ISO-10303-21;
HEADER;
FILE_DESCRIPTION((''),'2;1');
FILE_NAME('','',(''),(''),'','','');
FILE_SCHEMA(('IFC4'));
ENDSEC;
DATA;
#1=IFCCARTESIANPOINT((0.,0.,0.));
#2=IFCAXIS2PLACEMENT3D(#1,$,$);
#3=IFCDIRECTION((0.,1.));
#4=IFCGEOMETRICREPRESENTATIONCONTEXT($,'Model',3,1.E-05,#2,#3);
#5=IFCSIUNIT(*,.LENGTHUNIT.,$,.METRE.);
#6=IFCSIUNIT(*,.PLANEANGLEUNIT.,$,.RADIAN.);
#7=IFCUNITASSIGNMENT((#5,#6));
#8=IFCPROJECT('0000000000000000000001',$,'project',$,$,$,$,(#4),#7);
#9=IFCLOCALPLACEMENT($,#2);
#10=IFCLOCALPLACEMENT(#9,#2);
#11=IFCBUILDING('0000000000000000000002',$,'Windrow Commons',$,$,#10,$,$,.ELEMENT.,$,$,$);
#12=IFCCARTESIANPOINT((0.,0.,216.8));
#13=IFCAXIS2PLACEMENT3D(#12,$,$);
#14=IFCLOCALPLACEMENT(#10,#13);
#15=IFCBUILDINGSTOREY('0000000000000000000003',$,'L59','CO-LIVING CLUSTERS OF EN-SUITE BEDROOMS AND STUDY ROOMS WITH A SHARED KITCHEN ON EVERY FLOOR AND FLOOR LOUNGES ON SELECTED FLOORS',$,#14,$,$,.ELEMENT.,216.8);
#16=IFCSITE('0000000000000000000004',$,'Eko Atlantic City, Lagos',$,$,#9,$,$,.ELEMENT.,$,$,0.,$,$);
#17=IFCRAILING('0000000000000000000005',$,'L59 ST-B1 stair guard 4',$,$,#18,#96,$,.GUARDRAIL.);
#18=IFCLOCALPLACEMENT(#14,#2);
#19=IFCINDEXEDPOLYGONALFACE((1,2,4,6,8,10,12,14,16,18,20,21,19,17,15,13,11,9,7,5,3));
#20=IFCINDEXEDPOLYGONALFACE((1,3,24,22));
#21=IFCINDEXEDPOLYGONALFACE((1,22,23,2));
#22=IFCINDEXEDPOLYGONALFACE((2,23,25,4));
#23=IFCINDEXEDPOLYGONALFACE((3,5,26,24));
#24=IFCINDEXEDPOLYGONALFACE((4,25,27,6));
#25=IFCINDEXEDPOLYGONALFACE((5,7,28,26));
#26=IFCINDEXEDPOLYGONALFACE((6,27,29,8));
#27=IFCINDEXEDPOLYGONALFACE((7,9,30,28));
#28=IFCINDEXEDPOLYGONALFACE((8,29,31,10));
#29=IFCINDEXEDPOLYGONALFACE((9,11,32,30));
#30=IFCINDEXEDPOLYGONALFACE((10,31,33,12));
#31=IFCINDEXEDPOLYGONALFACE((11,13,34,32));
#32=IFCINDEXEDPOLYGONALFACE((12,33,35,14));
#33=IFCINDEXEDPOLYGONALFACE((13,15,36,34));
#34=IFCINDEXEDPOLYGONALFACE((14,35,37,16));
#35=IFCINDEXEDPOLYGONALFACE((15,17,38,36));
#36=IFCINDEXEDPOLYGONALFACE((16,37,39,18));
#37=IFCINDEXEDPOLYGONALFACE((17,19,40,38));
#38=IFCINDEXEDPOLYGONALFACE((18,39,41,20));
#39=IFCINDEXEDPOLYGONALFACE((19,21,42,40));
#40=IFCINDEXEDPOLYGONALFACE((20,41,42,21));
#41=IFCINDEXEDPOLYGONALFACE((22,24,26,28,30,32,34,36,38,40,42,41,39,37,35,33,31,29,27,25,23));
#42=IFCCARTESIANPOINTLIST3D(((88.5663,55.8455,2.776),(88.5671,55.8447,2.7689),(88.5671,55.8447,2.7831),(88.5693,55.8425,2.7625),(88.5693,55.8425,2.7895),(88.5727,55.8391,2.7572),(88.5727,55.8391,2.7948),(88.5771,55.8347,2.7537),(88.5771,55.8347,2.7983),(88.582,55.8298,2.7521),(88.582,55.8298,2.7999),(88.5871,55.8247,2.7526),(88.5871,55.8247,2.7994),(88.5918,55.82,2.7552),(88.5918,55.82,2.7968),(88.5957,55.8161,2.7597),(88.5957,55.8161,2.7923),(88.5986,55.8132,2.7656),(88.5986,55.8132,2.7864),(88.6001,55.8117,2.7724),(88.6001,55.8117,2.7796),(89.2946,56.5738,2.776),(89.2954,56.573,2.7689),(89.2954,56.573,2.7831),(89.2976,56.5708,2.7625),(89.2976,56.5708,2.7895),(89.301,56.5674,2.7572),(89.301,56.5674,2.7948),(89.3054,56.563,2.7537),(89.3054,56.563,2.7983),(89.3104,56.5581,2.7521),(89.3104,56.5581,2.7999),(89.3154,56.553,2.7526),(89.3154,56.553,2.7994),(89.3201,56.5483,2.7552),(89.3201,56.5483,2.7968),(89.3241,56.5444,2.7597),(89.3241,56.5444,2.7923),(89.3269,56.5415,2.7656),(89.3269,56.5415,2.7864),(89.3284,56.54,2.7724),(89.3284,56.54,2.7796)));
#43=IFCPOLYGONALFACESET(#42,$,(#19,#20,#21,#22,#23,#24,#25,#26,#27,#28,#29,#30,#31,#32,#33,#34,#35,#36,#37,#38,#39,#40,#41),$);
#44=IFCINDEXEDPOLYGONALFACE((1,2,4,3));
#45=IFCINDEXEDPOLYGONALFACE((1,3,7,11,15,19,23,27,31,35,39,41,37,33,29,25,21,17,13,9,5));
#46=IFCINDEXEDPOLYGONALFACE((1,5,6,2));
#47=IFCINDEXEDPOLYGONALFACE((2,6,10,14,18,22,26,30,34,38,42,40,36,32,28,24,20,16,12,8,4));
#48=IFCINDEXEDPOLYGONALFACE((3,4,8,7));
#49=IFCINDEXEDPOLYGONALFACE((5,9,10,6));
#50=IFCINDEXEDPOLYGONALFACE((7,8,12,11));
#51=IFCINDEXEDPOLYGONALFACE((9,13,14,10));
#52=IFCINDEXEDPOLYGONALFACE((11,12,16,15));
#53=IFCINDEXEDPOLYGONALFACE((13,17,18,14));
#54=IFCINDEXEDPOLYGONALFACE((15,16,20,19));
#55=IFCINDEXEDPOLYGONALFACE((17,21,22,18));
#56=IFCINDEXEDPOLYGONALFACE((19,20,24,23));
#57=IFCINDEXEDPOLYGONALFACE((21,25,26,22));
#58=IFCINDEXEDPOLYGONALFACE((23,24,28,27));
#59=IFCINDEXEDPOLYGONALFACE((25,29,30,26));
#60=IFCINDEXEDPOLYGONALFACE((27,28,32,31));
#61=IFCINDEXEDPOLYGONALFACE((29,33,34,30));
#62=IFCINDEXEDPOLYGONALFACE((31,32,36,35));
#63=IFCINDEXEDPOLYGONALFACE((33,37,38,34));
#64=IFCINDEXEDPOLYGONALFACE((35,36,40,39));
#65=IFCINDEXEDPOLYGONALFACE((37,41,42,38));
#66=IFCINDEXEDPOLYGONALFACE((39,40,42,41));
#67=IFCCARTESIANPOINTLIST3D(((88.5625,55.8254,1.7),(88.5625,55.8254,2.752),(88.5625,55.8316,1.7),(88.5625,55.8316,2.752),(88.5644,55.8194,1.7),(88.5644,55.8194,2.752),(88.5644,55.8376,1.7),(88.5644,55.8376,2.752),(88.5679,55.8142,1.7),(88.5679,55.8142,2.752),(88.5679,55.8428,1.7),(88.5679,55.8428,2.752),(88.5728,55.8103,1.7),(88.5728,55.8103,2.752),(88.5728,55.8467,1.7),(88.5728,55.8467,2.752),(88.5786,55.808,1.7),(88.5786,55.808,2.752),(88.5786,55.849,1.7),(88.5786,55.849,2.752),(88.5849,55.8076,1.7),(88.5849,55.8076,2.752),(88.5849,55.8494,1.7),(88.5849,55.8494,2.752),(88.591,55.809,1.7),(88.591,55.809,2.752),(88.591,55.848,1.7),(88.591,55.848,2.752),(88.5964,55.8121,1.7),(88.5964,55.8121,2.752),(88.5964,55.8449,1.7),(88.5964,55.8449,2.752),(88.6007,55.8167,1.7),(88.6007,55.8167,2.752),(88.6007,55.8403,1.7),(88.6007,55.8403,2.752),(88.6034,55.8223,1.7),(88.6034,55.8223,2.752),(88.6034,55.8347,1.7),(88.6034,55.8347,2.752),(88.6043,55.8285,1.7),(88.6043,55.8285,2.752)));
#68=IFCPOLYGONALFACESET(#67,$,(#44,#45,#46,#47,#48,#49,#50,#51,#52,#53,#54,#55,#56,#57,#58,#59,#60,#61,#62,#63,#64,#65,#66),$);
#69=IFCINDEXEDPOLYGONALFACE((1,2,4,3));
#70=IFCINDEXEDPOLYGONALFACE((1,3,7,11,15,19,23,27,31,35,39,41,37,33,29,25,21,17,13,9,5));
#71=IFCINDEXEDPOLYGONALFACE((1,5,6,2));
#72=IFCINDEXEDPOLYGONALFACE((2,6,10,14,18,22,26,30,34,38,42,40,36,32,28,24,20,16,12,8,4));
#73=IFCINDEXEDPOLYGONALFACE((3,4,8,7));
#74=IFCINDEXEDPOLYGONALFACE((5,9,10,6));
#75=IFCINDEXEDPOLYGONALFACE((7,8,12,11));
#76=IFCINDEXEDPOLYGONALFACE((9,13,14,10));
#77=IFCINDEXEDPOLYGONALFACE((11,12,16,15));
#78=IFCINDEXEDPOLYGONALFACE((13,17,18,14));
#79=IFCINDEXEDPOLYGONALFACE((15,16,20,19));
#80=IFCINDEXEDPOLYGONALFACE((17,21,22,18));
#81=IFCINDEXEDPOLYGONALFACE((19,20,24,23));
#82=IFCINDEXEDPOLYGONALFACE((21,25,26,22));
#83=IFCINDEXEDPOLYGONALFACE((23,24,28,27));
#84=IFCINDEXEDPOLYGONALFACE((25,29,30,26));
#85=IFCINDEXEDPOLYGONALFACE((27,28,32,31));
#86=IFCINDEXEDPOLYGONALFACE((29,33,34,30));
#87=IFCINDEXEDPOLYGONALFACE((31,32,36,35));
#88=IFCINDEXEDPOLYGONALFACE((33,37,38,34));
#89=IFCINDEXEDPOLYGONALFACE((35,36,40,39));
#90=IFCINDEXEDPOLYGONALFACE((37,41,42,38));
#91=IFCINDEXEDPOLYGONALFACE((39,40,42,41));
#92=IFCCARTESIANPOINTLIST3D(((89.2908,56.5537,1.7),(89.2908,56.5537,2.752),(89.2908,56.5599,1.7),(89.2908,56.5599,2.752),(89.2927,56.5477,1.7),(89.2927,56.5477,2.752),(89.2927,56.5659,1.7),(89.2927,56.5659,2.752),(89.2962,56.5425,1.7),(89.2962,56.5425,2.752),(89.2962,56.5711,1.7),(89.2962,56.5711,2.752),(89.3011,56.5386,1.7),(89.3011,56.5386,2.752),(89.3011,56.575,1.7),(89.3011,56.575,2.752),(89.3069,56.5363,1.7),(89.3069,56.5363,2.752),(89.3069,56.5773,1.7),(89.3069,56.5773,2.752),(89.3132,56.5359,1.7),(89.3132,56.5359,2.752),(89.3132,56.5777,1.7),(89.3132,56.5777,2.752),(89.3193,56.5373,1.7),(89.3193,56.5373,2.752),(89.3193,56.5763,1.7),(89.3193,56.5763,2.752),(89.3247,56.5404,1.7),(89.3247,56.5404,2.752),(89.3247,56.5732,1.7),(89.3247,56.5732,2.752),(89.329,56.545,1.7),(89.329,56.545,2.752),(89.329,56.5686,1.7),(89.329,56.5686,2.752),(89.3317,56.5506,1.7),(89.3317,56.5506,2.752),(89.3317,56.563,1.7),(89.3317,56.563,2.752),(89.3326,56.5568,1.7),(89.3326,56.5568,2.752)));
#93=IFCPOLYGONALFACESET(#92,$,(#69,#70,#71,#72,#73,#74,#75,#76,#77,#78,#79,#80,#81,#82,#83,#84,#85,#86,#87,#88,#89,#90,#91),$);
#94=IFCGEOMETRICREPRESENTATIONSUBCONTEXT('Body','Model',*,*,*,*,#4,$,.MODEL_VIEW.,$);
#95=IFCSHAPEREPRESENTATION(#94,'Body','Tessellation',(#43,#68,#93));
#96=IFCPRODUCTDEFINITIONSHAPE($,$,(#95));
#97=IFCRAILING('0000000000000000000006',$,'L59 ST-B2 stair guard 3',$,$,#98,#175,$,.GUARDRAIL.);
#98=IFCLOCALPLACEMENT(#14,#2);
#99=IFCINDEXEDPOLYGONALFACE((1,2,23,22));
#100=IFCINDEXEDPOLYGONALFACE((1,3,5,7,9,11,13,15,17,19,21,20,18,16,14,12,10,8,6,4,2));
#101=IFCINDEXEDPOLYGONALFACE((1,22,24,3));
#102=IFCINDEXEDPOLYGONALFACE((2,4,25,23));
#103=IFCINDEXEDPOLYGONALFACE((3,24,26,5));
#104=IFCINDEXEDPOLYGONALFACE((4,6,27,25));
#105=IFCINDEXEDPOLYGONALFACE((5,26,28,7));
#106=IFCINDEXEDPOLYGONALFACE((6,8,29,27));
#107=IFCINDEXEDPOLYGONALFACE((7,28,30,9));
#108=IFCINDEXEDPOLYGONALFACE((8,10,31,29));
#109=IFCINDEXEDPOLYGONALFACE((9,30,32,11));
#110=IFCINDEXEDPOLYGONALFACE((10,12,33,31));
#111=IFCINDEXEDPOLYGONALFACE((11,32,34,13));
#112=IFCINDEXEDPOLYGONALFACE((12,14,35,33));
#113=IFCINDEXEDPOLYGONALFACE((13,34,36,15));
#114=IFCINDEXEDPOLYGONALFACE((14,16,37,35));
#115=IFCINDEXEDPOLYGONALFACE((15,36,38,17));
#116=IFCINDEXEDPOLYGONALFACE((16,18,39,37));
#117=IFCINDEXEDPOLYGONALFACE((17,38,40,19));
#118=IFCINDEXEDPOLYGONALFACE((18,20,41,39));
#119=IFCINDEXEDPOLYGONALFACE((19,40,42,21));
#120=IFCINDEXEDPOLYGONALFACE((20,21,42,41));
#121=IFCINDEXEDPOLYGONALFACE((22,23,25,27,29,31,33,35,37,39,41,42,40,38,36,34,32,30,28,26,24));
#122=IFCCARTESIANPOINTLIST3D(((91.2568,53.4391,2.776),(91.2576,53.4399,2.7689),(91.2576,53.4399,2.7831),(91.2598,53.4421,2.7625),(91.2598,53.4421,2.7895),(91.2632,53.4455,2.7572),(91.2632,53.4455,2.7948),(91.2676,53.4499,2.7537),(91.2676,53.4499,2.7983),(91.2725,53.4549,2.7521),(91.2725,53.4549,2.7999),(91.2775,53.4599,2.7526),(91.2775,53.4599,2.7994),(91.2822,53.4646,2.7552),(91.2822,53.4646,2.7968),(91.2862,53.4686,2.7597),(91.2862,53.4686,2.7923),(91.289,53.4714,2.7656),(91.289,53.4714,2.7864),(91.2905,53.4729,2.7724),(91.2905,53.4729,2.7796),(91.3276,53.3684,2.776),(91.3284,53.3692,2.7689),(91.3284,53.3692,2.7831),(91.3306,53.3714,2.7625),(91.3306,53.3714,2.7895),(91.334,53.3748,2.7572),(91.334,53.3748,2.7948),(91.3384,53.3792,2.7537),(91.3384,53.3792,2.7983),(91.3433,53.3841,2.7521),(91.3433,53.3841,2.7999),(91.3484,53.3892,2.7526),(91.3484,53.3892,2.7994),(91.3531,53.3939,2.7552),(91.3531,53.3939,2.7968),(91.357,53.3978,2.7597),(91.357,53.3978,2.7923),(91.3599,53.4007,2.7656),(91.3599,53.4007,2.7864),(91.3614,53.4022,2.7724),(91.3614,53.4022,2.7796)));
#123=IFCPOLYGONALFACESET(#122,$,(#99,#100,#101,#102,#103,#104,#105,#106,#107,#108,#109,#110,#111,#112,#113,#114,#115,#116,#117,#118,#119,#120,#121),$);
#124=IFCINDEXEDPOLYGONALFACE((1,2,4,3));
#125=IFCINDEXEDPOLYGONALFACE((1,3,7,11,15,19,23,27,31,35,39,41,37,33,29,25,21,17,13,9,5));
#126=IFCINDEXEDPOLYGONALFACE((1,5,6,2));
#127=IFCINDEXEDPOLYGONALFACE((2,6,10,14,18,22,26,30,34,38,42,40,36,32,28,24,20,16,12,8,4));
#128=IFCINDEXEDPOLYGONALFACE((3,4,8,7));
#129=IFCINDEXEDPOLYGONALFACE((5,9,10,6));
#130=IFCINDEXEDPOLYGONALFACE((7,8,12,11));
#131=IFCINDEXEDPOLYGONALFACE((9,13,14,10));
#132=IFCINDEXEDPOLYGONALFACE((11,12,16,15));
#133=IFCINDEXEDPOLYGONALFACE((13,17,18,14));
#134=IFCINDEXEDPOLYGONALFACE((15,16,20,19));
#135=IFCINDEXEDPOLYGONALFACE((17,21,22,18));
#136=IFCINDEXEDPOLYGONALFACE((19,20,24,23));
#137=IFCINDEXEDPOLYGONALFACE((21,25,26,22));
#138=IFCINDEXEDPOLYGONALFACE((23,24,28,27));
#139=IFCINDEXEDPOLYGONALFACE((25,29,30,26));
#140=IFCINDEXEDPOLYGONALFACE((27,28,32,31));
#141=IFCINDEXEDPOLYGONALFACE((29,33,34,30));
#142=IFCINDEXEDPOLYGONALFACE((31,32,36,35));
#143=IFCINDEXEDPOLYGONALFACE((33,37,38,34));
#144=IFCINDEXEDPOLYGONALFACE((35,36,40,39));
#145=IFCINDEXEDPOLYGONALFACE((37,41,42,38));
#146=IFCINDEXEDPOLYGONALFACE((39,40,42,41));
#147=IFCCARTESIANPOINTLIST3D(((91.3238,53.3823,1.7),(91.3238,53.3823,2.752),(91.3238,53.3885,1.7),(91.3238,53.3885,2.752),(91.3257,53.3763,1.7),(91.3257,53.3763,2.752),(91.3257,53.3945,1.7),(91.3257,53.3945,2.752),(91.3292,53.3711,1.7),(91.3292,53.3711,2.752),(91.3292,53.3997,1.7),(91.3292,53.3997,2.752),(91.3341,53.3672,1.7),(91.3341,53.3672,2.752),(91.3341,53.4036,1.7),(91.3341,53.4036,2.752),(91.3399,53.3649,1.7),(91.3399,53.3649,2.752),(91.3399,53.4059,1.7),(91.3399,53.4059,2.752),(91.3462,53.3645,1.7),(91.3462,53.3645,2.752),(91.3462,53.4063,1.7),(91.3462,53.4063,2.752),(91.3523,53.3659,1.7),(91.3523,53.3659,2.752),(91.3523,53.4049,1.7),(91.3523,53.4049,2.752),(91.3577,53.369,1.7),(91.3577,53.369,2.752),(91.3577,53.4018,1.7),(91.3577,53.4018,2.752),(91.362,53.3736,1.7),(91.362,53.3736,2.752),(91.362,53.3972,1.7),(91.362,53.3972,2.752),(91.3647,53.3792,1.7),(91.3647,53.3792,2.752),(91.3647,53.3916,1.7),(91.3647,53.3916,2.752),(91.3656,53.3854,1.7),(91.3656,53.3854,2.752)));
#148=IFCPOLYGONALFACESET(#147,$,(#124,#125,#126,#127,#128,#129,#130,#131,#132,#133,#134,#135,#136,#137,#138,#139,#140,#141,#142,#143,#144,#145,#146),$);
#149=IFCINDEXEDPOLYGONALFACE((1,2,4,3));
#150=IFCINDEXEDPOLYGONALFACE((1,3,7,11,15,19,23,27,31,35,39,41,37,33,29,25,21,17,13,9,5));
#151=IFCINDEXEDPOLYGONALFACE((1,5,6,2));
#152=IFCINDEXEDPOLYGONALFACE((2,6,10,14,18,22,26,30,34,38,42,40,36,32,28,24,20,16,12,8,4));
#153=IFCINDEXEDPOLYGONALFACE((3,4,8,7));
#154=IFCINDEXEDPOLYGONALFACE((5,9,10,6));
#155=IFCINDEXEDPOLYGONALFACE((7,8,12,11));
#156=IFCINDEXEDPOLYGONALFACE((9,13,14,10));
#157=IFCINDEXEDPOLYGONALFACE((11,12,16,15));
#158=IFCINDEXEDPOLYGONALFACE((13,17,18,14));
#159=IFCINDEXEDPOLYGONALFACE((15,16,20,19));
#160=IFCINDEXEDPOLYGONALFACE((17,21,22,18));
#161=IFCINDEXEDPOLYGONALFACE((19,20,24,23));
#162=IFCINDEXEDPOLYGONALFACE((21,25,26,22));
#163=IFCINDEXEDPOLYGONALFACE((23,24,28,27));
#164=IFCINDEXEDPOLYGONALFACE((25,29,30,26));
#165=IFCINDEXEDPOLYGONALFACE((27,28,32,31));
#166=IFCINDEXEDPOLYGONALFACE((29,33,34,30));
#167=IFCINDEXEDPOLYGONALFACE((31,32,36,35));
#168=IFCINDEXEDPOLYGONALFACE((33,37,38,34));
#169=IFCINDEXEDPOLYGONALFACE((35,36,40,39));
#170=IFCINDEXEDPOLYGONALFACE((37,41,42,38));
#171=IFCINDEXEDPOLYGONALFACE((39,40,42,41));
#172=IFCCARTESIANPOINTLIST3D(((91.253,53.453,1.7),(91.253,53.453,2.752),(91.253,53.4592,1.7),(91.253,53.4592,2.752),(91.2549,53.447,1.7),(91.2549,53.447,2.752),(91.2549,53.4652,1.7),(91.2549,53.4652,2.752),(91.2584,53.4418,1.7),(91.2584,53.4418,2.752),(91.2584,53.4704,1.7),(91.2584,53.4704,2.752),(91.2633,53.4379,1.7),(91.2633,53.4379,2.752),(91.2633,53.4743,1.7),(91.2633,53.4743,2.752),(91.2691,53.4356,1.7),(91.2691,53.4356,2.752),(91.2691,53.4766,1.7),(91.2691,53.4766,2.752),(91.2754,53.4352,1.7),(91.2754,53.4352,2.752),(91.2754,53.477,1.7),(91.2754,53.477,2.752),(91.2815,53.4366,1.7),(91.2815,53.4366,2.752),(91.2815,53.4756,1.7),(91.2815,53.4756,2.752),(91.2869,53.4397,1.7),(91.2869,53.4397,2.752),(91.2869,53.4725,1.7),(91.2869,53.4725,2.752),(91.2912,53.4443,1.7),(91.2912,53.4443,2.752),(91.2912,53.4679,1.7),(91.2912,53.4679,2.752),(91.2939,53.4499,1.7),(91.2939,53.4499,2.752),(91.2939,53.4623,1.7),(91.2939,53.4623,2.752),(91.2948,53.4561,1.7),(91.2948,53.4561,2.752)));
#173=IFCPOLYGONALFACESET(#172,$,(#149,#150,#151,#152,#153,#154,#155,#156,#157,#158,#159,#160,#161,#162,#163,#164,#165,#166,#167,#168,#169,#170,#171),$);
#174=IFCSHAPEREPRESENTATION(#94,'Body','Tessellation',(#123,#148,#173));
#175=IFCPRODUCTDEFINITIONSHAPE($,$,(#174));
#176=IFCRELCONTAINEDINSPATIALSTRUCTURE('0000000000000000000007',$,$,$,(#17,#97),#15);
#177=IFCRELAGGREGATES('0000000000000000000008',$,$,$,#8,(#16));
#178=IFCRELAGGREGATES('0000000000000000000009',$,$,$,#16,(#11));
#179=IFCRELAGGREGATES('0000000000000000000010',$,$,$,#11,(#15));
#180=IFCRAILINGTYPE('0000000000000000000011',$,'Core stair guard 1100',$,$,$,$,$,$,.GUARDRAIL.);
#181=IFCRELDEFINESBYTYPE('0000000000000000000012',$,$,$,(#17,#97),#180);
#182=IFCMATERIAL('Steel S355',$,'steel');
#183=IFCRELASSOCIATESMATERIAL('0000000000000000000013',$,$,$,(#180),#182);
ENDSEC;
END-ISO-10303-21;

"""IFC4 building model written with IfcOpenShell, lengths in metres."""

from ifc_helpers import new_model, si_unit, direction, frame, origin, origin_2d, place, context, subcontext, project, spatial, circle, extrude, material, type_object, element, save


model = new_model("IFC4")

# Units and contexts
model_context = context("Model", 3, precision=1e-05, world=origin(), true_north=direction((0.0, 1.0)))
body_context = subcontext(model_context, "Body", "Model", "MODEL_VIEW")
ifc_project = project(units=[si_unit("LENGTHUNIT", "METRE"), si_unit("PLANEANGLEUNIT", "RADIAN")], contexts=[model_context])

# Site, building, storey
site_placement = place(None, origin())
site = spatial("IfcSite", under=ifc_project, at=site_placement, Name="Eko Atlantic City, Lagos", CompositionType="ELEMENT", RefElevation=0.0)
building_placement = place(site_placement, origin())
building = spatial("IfcBuilding", under=site, at=building_placement, Name="Windrow Commons", CompositionType="ELEMENT")
storey_placement = place(building_placement, frame((0.0, 0.0, 216.8)))
storey = spatial("IfcBuildingStorey", under=building, at=storey_placement, Name="L59", Description="CO-LIVING CLUSTERS OF EN-SUITE BEDROOMS AND STUDY ROOMS WITH A SHARED KITCHEN ON EVERY FLOOR AND FLOOR LOUNGES ON SELECTED FLOORS", CompositionType="ELEMENT", Elevation=216.8)

# Railings
ifc_material_1 = material(Name="Steel S355", Category="steel")
railing_type_1 = type_object("IfcRailingType", Name="Core stair guard 1100", PredefinedType="GUARDRAIL", material=ifc_material_1)
railing_1_placement = place(storey_placement, frame((88.5833, 55.8285, 1.7)))
element("IfcRailing", 1, at=railing_1_placement, inside=storey, type_object=railing_type_1, Name="L59 ST-B1 stair guard 4", PredefinedType="GUARDRAIL", context=body_context, shape_type="SweptSolid", body=[
    extrude(circle(Radius=0.024, at=origin_2d()), frame((0.0, 0.0, 1.076), z_axis=(0.707107, 0.707107, 0.0), x_axis=(-0.707107, 0.707107, 0.0)), (0.0, 0.0, 1.0), 1.03),
    extrude(circle(Radius=0.021, at=origin_2d()), origin(), (0.0, 0.0, 1.0), 1.052),
    extrude(circle(Radius=0.021, at=origin_2d()), frame((0.7283, 0.7283, 0.0)), (0.0, 0.0, 1.0), 1.052),
])
railing_2_placement = place(storey_placement, frame((91.3446, 53.3854, 1.7)))
element("IfcRailing", 2, at=railing_2_placement, inside=storey, type_object=railing_type_1, Name="L59 ST-B2 stair guard 3", PredefinedType="GUARDRAIL", context=body_context, shape_type="SweptSolid", body=[
    extrude(circle(Radius=0.024, at=origin_2d()), frame((0.0, 0.0, 1.076), z_axis=(-0.707606, 0.706607, 0.0), x_axis=(-0.706607, -0.707606, 0.0)), (0.0, 0.0, 1.0), 0.1001),
    extrude(circle(Radius=0.021, at=origin_2d()), origin(), (0.0, 0.0, 1.0), 1.052),
    extrude(circle(Radius=0.021, at=origin_2d()), frame((-0.0708, 0.0707, 0.0)), (0.0, 0.0, 1.0), 1.052),
])

save(model, "model.ifc")
